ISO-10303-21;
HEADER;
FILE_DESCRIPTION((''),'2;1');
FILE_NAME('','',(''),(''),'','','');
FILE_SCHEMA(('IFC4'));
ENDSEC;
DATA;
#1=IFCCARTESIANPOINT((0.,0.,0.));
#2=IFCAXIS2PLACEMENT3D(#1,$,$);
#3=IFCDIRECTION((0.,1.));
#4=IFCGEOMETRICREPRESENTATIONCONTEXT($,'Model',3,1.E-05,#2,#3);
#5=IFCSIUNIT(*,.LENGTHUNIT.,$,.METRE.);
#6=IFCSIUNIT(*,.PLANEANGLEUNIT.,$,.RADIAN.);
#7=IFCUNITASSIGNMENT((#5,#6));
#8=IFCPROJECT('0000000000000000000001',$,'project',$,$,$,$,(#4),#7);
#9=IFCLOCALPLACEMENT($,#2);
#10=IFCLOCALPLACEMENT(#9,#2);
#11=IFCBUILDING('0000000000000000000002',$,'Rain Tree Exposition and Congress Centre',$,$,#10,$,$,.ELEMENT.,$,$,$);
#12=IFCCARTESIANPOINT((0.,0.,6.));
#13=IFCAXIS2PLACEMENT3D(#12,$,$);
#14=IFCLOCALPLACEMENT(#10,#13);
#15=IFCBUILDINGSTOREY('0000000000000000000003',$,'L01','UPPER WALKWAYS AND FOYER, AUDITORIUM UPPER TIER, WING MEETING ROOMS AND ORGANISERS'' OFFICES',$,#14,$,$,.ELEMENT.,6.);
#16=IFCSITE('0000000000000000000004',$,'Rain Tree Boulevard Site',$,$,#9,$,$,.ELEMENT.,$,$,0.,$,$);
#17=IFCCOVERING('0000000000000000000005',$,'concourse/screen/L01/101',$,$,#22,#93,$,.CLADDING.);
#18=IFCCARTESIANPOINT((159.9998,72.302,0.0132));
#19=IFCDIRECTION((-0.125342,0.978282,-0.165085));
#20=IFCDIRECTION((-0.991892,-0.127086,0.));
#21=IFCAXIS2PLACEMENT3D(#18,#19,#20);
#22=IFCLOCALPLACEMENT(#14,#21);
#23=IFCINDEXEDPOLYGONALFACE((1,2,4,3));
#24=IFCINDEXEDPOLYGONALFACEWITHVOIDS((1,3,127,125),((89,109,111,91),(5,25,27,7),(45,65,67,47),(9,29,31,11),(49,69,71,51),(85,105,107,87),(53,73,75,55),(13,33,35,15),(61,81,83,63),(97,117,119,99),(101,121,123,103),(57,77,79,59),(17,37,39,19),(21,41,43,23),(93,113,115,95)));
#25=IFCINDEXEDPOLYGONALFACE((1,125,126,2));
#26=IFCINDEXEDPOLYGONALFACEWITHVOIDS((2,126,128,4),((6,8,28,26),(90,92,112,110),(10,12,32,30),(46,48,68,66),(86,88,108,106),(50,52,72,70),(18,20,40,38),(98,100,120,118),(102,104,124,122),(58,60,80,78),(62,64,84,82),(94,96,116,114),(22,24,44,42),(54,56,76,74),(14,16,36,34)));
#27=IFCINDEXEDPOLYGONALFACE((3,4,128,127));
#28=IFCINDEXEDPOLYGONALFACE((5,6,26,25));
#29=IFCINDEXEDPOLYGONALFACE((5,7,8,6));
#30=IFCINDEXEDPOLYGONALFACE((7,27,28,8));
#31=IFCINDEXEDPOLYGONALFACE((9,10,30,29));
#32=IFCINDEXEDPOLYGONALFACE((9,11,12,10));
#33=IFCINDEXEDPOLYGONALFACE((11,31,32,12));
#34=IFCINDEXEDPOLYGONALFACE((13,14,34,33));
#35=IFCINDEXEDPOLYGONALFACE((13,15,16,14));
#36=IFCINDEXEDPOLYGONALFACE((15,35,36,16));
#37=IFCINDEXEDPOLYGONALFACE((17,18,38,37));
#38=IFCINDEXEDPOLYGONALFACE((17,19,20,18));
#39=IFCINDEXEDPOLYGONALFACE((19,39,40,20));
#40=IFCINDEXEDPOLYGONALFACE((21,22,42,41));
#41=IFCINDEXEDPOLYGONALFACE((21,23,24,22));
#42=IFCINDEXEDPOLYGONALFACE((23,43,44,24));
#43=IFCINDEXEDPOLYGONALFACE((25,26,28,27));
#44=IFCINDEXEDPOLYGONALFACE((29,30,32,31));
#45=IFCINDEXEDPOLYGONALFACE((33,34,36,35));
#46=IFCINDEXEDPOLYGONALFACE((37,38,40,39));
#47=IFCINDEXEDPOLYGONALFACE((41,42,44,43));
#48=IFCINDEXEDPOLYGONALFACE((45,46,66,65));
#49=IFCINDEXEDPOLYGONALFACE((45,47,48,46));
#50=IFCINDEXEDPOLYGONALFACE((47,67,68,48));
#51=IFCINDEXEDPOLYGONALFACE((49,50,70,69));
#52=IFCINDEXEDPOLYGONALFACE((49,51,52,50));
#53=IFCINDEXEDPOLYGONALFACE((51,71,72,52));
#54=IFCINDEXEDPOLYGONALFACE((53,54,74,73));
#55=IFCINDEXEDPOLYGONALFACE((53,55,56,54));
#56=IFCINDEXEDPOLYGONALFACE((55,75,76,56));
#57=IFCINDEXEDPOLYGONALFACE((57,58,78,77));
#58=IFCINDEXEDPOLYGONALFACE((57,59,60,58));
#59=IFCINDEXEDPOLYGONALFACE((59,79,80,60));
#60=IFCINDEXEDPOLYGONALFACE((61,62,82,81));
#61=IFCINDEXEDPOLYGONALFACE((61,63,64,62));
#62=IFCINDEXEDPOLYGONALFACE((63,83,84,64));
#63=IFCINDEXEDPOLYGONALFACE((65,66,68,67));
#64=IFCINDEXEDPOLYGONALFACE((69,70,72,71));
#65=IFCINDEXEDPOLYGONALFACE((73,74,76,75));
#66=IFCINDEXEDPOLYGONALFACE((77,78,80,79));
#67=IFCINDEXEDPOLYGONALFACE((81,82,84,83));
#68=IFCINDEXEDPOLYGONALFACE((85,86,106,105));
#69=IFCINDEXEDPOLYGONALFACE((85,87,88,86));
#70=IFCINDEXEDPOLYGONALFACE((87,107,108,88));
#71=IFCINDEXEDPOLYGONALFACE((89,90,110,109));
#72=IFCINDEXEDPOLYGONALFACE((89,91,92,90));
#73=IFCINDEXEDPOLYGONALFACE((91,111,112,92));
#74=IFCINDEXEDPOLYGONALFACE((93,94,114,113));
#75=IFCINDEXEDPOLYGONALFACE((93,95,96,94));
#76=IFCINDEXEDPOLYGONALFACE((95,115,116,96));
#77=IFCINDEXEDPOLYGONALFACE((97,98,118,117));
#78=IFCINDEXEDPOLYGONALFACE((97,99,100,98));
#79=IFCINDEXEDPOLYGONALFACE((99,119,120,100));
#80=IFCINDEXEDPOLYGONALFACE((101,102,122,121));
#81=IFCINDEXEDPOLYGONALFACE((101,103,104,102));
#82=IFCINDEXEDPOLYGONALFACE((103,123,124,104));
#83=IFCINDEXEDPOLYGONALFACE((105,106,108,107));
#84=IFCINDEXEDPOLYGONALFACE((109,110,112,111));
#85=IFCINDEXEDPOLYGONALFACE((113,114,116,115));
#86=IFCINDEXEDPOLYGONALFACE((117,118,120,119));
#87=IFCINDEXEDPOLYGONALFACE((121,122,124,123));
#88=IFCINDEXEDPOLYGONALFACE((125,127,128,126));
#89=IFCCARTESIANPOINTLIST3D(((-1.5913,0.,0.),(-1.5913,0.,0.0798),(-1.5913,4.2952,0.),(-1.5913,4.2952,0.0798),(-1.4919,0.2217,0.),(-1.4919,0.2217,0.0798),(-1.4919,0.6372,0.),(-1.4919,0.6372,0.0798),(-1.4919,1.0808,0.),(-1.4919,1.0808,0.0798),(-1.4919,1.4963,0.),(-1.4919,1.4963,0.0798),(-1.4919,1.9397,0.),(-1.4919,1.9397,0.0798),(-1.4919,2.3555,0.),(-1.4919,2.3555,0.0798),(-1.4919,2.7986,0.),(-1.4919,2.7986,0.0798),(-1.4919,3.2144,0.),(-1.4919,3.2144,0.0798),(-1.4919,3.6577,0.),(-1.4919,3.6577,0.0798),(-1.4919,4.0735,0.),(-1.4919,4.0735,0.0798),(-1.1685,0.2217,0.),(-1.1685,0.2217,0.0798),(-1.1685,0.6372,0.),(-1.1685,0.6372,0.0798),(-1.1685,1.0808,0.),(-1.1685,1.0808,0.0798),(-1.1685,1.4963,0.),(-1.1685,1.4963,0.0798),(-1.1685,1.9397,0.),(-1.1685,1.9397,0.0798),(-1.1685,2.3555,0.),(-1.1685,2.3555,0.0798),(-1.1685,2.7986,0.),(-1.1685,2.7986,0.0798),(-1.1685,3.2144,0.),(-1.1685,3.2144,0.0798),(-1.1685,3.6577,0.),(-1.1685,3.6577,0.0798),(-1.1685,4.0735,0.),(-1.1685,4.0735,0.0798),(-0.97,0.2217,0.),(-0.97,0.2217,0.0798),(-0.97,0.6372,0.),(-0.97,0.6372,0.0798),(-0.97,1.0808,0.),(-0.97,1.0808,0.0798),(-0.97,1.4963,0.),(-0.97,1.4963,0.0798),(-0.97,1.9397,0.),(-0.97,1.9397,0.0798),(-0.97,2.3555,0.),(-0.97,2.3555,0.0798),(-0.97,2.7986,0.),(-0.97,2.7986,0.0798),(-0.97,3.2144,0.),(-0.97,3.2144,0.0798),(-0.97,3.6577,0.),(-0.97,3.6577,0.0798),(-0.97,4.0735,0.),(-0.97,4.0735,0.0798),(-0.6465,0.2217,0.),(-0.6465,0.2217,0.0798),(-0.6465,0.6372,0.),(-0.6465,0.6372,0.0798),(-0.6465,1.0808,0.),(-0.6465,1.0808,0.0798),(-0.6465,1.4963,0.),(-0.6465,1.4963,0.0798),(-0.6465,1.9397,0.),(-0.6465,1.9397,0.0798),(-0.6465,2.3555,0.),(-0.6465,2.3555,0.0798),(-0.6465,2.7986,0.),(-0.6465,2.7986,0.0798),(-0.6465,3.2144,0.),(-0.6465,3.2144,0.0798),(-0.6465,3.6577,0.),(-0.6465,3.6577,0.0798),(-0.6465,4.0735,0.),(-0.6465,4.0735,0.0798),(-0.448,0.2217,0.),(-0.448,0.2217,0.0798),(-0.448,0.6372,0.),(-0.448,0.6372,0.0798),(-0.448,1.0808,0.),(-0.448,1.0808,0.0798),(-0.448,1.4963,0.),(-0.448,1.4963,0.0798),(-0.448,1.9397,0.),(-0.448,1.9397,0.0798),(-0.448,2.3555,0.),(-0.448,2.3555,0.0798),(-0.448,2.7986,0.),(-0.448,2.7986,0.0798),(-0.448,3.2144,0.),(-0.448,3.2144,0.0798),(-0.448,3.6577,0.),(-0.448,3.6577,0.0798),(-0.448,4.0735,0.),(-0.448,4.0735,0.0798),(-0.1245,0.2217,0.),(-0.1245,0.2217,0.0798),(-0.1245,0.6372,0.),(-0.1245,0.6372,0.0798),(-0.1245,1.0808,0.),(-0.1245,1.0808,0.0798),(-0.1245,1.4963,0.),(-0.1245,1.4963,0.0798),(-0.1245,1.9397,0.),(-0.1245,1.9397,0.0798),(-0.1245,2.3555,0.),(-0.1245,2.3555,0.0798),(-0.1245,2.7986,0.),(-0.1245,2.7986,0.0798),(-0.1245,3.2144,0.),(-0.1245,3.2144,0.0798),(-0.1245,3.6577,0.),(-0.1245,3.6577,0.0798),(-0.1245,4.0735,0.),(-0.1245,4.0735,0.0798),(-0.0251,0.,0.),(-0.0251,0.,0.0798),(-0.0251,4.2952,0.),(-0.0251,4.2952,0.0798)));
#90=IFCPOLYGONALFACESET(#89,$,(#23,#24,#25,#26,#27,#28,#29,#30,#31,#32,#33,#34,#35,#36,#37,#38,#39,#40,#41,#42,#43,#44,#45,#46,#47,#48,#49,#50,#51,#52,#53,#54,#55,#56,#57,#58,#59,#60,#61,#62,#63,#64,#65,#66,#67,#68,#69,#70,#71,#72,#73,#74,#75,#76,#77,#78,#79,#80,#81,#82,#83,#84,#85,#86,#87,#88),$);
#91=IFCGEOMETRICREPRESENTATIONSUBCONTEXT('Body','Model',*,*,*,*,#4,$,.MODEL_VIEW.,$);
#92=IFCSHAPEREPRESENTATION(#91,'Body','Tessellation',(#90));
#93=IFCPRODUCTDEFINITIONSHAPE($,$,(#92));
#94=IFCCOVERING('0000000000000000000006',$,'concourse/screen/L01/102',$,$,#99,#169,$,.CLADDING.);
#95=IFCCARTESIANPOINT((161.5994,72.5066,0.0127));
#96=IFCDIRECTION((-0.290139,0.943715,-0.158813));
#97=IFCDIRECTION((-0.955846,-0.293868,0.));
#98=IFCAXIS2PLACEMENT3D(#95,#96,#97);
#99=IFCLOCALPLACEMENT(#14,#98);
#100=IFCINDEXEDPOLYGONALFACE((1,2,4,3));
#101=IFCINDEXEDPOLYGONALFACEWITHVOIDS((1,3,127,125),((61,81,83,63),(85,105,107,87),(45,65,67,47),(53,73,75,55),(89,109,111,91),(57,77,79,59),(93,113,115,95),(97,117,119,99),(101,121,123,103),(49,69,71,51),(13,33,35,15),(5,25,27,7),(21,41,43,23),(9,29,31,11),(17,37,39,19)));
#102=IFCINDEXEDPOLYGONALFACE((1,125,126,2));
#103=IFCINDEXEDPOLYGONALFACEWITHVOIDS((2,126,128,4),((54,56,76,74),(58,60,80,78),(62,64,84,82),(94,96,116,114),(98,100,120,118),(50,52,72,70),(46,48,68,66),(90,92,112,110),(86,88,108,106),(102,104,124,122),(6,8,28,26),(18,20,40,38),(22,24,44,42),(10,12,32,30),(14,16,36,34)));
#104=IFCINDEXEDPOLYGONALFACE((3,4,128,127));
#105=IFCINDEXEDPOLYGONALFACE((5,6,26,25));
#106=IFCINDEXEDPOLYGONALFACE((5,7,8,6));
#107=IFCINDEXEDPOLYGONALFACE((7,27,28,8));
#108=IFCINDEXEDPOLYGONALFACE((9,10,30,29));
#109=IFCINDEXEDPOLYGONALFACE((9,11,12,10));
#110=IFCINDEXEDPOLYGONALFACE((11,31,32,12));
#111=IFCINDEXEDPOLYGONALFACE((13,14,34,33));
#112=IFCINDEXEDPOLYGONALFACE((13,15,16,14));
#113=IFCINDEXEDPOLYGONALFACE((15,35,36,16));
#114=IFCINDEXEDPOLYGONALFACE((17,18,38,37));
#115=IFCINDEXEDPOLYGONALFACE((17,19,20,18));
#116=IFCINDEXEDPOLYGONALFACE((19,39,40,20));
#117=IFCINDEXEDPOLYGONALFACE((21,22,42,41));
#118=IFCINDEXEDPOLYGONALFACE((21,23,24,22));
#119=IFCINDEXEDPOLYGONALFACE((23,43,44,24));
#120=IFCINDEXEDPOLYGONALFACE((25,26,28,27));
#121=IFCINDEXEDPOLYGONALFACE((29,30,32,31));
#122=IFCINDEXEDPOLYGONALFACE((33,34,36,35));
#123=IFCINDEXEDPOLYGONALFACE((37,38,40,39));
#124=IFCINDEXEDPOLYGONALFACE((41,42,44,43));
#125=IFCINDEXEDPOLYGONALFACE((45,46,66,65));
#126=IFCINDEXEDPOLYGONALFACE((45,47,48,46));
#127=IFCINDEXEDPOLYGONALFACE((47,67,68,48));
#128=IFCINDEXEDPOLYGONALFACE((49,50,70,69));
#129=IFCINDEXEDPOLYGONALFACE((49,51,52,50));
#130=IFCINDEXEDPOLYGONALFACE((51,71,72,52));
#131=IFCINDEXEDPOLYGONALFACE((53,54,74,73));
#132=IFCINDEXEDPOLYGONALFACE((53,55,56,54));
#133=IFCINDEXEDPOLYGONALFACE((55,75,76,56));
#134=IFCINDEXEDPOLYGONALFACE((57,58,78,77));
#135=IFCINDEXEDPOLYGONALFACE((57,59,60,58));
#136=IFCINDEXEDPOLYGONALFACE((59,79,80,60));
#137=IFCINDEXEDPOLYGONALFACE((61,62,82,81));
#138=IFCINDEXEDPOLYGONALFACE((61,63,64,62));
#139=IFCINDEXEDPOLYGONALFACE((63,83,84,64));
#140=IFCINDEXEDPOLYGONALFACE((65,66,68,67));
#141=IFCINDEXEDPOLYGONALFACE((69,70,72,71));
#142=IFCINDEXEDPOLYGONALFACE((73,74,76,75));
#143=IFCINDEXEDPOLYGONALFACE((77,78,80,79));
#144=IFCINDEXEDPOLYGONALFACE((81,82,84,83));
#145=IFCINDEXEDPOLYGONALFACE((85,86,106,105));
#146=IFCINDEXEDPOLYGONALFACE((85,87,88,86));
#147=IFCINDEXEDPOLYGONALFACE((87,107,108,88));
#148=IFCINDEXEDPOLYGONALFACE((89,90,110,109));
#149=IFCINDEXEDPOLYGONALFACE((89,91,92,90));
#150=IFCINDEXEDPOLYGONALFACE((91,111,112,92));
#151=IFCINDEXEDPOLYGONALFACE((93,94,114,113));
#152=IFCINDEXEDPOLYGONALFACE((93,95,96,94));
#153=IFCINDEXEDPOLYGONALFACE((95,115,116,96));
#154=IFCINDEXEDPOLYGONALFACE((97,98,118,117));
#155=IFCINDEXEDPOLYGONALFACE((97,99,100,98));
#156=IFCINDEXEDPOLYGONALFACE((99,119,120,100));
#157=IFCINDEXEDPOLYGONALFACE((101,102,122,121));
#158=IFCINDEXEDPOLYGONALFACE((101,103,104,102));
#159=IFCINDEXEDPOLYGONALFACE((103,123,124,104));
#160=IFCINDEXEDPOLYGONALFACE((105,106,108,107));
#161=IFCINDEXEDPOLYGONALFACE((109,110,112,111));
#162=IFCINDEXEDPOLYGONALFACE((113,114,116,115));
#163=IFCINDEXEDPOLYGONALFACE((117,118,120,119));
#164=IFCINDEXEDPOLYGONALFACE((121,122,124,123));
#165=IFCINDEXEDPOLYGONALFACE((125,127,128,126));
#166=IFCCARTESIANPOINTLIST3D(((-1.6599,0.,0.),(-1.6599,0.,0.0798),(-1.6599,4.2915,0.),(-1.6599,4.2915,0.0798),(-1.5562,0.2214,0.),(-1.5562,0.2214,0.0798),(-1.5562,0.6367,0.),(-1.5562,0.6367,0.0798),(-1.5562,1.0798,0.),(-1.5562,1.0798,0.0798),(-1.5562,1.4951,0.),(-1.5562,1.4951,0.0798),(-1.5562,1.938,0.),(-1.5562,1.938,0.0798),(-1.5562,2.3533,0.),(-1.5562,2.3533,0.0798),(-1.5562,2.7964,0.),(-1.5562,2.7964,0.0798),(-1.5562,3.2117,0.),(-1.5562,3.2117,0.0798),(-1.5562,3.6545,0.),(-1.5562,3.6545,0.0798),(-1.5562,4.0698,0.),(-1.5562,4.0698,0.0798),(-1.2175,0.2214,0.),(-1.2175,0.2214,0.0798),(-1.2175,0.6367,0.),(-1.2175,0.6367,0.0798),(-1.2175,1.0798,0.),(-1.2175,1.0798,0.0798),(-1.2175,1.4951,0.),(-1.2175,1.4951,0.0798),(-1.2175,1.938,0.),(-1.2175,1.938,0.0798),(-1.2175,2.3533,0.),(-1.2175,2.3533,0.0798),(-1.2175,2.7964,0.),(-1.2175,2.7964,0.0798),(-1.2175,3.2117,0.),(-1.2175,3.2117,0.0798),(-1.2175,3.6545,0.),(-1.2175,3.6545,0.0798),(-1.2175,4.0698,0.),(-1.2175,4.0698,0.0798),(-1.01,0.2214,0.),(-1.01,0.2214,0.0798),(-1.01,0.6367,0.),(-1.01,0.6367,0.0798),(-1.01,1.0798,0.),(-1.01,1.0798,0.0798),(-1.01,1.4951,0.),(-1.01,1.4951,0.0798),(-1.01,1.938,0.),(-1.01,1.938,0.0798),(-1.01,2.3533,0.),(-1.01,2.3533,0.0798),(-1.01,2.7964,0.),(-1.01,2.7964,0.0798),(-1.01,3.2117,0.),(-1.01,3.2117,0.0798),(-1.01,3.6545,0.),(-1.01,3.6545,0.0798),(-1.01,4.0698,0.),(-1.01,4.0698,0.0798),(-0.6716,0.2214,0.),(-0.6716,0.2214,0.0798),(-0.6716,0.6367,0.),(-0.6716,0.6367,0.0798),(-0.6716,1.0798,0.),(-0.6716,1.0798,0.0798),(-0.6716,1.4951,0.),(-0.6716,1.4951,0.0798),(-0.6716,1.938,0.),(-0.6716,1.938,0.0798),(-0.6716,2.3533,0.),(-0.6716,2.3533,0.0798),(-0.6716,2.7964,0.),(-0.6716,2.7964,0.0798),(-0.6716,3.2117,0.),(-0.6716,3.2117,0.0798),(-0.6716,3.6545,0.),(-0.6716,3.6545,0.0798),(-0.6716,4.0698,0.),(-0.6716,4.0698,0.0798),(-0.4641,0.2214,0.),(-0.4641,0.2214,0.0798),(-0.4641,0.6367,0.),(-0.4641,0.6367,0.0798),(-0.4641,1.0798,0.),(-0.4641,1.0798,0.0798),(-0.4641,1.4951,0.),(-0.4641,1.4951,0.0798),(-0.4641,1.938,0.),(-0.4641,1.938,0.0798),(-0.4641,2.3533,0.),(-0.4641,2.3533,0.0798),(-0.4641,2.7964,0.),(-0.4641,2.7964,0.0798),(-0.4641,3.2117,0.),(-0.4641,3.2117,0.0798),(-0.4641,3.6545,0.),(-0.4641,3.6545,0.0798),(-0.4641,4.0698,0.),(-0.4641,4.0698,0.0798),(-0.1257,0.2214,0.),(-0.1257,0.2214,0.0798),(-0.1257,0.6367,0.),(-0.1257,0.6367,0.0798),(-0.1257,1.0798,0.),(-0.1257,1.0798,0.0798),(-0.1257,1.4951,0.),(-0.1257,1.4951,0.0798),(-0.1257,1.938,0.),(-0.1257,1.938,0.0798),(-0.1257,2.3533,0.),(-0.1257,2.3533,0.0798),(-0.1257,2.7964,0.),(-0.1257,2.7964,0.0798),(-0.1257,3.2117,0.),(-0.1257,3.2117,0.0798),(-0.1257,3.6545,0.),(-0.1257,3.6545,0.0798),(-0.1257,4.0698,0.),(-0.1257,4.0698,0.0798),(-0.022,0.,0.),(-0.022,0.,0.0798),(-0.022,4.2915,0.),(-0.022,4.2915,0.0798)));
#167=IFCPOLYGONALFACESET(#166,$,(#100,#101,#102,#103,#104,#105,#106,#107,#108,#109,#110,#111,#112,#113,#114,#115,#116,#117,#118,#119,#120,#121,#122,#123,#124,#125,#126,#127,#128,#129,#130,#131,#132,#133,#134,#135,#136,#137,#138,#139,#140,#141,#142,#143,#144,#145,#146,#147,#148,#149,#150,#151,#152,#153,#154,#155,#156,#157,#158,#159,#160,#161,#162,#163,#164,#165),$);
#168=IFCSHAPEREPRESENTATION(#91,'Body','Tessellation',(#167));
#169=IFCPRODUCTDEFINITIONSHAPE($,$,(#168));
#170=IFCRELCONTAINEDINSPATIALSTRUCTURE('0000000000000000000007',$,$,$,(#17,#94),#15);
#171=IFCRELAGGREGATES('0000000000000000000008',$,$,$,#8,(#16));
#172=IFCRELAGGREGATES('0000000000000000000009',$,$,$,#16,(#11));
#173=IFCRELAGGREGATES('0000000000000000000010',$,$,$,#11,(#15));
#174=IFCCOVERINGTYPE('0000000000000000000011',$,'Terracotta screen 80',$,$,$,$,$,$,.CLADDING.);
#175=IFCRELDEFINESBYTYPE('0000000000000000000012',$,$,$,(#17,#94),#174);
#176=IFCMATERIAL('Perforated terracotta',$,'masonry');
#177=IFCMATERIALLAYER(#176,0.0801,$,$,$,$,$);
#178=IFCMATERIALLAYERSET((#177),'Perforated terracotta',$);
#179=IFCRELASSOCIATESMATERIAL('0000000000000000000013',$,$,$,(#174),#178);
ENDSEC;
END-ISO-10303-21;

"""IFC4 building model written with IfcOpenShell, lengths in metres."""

from ifc_helpers import new_model, si_unit, direction, frame, origin, place, context, subcontext, project, spatial, polyline, outline, extrude, material, layer, layer_set, type_object, element, save


model = new_model("IFC4")

# Units and contexts
model_context = context("Model", 3, precision=1e-05, world=origin(), true_north=direction((0.0, 1.0)))
body_context = subcontext(model_context, "Body", "Model", "MODEL_VIEW")
ifc_project = project(units=[si_unit("LENGTHUNIT", "METRE"), si_unit("PLANEANGLEUNIT", "RADIAN")], contexts=[model_context])

# Site, building, storey
site_placement = place(None, origin())
site = spatial("IfcSite", under=ifc_project, at=site_placement, Name="Rain Tree Boulevard Site", CompositionType="ELEMENT", RefElevation=0.0)
building_placement = place(site_placement, origin())
building = spatial("IfcBuilding", under=site, at=building_placement, Name="Rain Tree Exposition and Congress Centre", CompositionType="ELEMENT")
storey_placement = place(building_placement, frame((0.0, 0.0, 6.0)))
storey = spatial("IfcBuildingStorey", under=building, at=storey_placement, Name="L01", Description="UPPER WALKWAYS AND FOYER, AUDITORIUM UPPER TIER, WING MEETING ROOMS AND ORGANISERS' OFFICES", CompositionType="ELEMENT", Elevation=6.0)

# Coverings
ifc_material_1 = material(Name="Perforated terracotta", Category="masonry")
ifc_layer_1 = layer(ifc_material_1, 0.0801)
ifc_layer_set_1 = layer_set([ifc_layer_1], Name="Perforated terracotta")
covering_type = type_object("IfcCoveringType", Name="Terracotta screen 80", PredefinedType="CLADDING", material=ifc_layer_set_1)
covering_1_placement = place(storey_placement, frame((159.9998, 72.302, 0.0132), z_axis=(-0.125342, 0.978282, -0.165085), x_axis=(-0.991892, -0.127086, 0.0)))
element("IfcCovering", 1, at=covering_1_placement, inside=storey, type_object=covering_type, Name="concourse/screen/L01/101", PredefinedType="CLADDING", context=body_context, shape_type="SweptSolid", body=[
    extrude(outline(polyline([(-1.5913, 0.0), (-1.5913, 4.2952), (-0.0251, 4.2952), (-0.0251, 0.0), (-1.5913, 0.0)]), holes=[polyline([(-0.1245, 0.2217), (-0.1245, 0.6372), (-0.448, 0.6372), (-0.448, 0.2217), (-0.1245, 0.2217)]), polyline([(-0.1245, 1.0808), (-0.1245, 1.4963), (-0.448, 1.4963), (-0.448, 1.0808), (-0.1245, 1.0808)]), polyline([(-0.1245, 1.9397), (-0.1245, 2.3555), (-0.448, 2.3555), (-0.448, 1.9397), (-0.1245, 1.9397)]), polyline([(-0.1245, 2.7986), (-0.1245, 3.2144), (-0.448, 3.2144), (-0.448, 2.7986), (-0.1245, 2.7986)]), polyline([(-0.1245, 3.6577), (-0.1245, 4.0735), (-0.448, 4.0735), (-0.448, 3.6577), (-0.1245, 3.6577)]), polyline([(-0.6465, 0.2217), (-0.6465, 0.6372), (-0.97, 0.6372), (-0.97, 0.2217), (-0.6465, 0.2217)]), polyline([(-0.6465, 1.0808), (-0.6465, 1.4963), (-0.97, 1.4963), (-0.97, 1.0808), (-0.6465, 1.0808)]), polyline([(-0.6465, 1.9397), (-0.6465, 2.3555), (-0.97, 2.3555), (-0.97, 1.9397), (-0.6465, 1.9397)]), polyline([(-0.6465, 2.7986), (-0.6465, 3.2144), (-0.97, 3.2144), (-0.97, 2.7986), (-0.6465, 2.7986)]), polyline([(-0.6465, 3.6577), (-0.6465, 4.0735), (-0.97, 4.0735), (-0.97, 3.6577), (-0.6465, 3.6577)]), polyline([(-1.1685, 0.2217), (-1.1685, 0.6372), (-1.4919, 0.6372), (-1.4919, 0.2217), (-1.1685, 0.2217)]), polyline([(-1.1685, 1.0808), (-1.1685, 1.4963), (-1.4919, 1.4963), (-1.4919, 1.0808), (-1.1685, 1.0808)]), polyline([(-1.1685, 1.9397), (-1.1685, 2.3555), (-1.4919, 2.3555), (-1.4919, 1.9397), (-1.1685, 1.9397)]), polyline([(-1.1685, 2.7986), (-1.1685, 3.2144), (-1.4919, 3.2144), (-1.4919, 2.7986), (-1.1685, 2.7986)]), polyline([(-1.1685, 3.6577), (-1.1685, 4.0735), (-1.4919, 4.0735), (-1.4919, 3.6577), (-1.1685, 3.6577)])]), origin(), (0.0, 0.0, 1.0), 0.0798),
])
covering_2_placement = place(storey_placement, frame((161.5994, 72.5066, 0.0127), z_axis=(-0.290139, 0.943715, -0.158813), x_axis=(-0.955846, -0.293868, 0.0)))
element("IfcCovering", 2, at=covering_2_placement, inside=storey, type_object=covering_type, Name="concourse/screen/L01/102", PredefinedType="CLADDING", context=body_context, shape_type="SweptSolid", body=[
    extrude(outline(polyline([(-1.6599, 0.0), (-1.6599, 4.2915), (-0.022, 4.2915), (-0.022, 0.0), (-1.6599, 0.0)]), holes=[polyline([(-0.1257, 0.2214), (-0.1257, 0.6367), (-0.4641, 0.6367), (-0.4641, 0.2214), (-0.1257, 0.2214)]), polyline([(-0.1257, 1.0798), (-0.1257, 1.4951), (-0.4641, 1.4951), (-0.4641, 1.0798), (-0.1257, 1.0798)]), polyline([(-0.1257, 1.938), (-0.1257, 2.3533), (-0.4641, 2.3533), (-0.4641, 1.938), (-0.1257, 1.938)]), polyline([(-0.1257, 2.7964), (-0.1257, 3.2117), (-0.4641, 3.2117), (-0.4641, 2.7964), (-0.1257, 2.7964)]), polyline([(-0.1257, 3.6545), (-0.1257, 4.0698), (-0.4641, 4.0698), (-0.4641, 3.6545), (-0.1257, 3.6545)]), polyline([(-0.6716, 0.2214), (-0.6716, 0.6367), (-1.01, 0.6367), (-1.01, 0.2214), (-0.6716, 0.2214)]), polyline([(-0.6716, 1.0798), (-0.6716, 1.4951), (-1.01, 1.4951), (-1.01, 1.0798), (-0.6716, 1.0798)]), polyline([(-0.6716, 1.938), (-0.6716, 2.3533), (-1.01, 2.3533), (-1.01, 1.938), (-0.6716, 1.938)]), polyline([(-0.6716, 2.7964), (-0.6716, 3.2117), (-1.01, 3.2117), (-1.01, 2.7964), (-0.6716, 2.7964)]), polyline([(-0.6716, 3.6545), (-0.6716, 4.0698), (-1.01, 4.0698), (-1.01, 3.6545), (-0.6716, 3.6545)]), polyline([(-1.2175, 0.2214), (-1.2175, 0.6367), (-1.5562, 0.6367), (-1.5562, 0.2214), (-1.2175, 0.2214)]), polyline([(-1.2175, 1.0798), (-1.2175, 1.4951), (-1.5562, 1.4951), (-1.5562, 1.0798), (-1.2175, 1.0798)]), polyline([(-1.2175, 1.938), (-1.2175, 2.3533), (-1.5562, 2.3533), (-1.5562, 1.938), (-1.2175, 1.938)]), polyline([(-1.2175, 2.7964), (-1.2175, 3.2117), (-1.5562, 3.2117), (-1.5562, 2.7964), (-1.2175, 2.7964)]), polyline([(-1.2175, 3.6545), (-1.2175, 4.0698), (-1.5562, 4.0698), (-1.5562, 3.6545), (-1.2175, 3.6545)])]), origin(), (0.0, 0.0, 1.0), 0.0798),
])

save(model, "model.ifc")
